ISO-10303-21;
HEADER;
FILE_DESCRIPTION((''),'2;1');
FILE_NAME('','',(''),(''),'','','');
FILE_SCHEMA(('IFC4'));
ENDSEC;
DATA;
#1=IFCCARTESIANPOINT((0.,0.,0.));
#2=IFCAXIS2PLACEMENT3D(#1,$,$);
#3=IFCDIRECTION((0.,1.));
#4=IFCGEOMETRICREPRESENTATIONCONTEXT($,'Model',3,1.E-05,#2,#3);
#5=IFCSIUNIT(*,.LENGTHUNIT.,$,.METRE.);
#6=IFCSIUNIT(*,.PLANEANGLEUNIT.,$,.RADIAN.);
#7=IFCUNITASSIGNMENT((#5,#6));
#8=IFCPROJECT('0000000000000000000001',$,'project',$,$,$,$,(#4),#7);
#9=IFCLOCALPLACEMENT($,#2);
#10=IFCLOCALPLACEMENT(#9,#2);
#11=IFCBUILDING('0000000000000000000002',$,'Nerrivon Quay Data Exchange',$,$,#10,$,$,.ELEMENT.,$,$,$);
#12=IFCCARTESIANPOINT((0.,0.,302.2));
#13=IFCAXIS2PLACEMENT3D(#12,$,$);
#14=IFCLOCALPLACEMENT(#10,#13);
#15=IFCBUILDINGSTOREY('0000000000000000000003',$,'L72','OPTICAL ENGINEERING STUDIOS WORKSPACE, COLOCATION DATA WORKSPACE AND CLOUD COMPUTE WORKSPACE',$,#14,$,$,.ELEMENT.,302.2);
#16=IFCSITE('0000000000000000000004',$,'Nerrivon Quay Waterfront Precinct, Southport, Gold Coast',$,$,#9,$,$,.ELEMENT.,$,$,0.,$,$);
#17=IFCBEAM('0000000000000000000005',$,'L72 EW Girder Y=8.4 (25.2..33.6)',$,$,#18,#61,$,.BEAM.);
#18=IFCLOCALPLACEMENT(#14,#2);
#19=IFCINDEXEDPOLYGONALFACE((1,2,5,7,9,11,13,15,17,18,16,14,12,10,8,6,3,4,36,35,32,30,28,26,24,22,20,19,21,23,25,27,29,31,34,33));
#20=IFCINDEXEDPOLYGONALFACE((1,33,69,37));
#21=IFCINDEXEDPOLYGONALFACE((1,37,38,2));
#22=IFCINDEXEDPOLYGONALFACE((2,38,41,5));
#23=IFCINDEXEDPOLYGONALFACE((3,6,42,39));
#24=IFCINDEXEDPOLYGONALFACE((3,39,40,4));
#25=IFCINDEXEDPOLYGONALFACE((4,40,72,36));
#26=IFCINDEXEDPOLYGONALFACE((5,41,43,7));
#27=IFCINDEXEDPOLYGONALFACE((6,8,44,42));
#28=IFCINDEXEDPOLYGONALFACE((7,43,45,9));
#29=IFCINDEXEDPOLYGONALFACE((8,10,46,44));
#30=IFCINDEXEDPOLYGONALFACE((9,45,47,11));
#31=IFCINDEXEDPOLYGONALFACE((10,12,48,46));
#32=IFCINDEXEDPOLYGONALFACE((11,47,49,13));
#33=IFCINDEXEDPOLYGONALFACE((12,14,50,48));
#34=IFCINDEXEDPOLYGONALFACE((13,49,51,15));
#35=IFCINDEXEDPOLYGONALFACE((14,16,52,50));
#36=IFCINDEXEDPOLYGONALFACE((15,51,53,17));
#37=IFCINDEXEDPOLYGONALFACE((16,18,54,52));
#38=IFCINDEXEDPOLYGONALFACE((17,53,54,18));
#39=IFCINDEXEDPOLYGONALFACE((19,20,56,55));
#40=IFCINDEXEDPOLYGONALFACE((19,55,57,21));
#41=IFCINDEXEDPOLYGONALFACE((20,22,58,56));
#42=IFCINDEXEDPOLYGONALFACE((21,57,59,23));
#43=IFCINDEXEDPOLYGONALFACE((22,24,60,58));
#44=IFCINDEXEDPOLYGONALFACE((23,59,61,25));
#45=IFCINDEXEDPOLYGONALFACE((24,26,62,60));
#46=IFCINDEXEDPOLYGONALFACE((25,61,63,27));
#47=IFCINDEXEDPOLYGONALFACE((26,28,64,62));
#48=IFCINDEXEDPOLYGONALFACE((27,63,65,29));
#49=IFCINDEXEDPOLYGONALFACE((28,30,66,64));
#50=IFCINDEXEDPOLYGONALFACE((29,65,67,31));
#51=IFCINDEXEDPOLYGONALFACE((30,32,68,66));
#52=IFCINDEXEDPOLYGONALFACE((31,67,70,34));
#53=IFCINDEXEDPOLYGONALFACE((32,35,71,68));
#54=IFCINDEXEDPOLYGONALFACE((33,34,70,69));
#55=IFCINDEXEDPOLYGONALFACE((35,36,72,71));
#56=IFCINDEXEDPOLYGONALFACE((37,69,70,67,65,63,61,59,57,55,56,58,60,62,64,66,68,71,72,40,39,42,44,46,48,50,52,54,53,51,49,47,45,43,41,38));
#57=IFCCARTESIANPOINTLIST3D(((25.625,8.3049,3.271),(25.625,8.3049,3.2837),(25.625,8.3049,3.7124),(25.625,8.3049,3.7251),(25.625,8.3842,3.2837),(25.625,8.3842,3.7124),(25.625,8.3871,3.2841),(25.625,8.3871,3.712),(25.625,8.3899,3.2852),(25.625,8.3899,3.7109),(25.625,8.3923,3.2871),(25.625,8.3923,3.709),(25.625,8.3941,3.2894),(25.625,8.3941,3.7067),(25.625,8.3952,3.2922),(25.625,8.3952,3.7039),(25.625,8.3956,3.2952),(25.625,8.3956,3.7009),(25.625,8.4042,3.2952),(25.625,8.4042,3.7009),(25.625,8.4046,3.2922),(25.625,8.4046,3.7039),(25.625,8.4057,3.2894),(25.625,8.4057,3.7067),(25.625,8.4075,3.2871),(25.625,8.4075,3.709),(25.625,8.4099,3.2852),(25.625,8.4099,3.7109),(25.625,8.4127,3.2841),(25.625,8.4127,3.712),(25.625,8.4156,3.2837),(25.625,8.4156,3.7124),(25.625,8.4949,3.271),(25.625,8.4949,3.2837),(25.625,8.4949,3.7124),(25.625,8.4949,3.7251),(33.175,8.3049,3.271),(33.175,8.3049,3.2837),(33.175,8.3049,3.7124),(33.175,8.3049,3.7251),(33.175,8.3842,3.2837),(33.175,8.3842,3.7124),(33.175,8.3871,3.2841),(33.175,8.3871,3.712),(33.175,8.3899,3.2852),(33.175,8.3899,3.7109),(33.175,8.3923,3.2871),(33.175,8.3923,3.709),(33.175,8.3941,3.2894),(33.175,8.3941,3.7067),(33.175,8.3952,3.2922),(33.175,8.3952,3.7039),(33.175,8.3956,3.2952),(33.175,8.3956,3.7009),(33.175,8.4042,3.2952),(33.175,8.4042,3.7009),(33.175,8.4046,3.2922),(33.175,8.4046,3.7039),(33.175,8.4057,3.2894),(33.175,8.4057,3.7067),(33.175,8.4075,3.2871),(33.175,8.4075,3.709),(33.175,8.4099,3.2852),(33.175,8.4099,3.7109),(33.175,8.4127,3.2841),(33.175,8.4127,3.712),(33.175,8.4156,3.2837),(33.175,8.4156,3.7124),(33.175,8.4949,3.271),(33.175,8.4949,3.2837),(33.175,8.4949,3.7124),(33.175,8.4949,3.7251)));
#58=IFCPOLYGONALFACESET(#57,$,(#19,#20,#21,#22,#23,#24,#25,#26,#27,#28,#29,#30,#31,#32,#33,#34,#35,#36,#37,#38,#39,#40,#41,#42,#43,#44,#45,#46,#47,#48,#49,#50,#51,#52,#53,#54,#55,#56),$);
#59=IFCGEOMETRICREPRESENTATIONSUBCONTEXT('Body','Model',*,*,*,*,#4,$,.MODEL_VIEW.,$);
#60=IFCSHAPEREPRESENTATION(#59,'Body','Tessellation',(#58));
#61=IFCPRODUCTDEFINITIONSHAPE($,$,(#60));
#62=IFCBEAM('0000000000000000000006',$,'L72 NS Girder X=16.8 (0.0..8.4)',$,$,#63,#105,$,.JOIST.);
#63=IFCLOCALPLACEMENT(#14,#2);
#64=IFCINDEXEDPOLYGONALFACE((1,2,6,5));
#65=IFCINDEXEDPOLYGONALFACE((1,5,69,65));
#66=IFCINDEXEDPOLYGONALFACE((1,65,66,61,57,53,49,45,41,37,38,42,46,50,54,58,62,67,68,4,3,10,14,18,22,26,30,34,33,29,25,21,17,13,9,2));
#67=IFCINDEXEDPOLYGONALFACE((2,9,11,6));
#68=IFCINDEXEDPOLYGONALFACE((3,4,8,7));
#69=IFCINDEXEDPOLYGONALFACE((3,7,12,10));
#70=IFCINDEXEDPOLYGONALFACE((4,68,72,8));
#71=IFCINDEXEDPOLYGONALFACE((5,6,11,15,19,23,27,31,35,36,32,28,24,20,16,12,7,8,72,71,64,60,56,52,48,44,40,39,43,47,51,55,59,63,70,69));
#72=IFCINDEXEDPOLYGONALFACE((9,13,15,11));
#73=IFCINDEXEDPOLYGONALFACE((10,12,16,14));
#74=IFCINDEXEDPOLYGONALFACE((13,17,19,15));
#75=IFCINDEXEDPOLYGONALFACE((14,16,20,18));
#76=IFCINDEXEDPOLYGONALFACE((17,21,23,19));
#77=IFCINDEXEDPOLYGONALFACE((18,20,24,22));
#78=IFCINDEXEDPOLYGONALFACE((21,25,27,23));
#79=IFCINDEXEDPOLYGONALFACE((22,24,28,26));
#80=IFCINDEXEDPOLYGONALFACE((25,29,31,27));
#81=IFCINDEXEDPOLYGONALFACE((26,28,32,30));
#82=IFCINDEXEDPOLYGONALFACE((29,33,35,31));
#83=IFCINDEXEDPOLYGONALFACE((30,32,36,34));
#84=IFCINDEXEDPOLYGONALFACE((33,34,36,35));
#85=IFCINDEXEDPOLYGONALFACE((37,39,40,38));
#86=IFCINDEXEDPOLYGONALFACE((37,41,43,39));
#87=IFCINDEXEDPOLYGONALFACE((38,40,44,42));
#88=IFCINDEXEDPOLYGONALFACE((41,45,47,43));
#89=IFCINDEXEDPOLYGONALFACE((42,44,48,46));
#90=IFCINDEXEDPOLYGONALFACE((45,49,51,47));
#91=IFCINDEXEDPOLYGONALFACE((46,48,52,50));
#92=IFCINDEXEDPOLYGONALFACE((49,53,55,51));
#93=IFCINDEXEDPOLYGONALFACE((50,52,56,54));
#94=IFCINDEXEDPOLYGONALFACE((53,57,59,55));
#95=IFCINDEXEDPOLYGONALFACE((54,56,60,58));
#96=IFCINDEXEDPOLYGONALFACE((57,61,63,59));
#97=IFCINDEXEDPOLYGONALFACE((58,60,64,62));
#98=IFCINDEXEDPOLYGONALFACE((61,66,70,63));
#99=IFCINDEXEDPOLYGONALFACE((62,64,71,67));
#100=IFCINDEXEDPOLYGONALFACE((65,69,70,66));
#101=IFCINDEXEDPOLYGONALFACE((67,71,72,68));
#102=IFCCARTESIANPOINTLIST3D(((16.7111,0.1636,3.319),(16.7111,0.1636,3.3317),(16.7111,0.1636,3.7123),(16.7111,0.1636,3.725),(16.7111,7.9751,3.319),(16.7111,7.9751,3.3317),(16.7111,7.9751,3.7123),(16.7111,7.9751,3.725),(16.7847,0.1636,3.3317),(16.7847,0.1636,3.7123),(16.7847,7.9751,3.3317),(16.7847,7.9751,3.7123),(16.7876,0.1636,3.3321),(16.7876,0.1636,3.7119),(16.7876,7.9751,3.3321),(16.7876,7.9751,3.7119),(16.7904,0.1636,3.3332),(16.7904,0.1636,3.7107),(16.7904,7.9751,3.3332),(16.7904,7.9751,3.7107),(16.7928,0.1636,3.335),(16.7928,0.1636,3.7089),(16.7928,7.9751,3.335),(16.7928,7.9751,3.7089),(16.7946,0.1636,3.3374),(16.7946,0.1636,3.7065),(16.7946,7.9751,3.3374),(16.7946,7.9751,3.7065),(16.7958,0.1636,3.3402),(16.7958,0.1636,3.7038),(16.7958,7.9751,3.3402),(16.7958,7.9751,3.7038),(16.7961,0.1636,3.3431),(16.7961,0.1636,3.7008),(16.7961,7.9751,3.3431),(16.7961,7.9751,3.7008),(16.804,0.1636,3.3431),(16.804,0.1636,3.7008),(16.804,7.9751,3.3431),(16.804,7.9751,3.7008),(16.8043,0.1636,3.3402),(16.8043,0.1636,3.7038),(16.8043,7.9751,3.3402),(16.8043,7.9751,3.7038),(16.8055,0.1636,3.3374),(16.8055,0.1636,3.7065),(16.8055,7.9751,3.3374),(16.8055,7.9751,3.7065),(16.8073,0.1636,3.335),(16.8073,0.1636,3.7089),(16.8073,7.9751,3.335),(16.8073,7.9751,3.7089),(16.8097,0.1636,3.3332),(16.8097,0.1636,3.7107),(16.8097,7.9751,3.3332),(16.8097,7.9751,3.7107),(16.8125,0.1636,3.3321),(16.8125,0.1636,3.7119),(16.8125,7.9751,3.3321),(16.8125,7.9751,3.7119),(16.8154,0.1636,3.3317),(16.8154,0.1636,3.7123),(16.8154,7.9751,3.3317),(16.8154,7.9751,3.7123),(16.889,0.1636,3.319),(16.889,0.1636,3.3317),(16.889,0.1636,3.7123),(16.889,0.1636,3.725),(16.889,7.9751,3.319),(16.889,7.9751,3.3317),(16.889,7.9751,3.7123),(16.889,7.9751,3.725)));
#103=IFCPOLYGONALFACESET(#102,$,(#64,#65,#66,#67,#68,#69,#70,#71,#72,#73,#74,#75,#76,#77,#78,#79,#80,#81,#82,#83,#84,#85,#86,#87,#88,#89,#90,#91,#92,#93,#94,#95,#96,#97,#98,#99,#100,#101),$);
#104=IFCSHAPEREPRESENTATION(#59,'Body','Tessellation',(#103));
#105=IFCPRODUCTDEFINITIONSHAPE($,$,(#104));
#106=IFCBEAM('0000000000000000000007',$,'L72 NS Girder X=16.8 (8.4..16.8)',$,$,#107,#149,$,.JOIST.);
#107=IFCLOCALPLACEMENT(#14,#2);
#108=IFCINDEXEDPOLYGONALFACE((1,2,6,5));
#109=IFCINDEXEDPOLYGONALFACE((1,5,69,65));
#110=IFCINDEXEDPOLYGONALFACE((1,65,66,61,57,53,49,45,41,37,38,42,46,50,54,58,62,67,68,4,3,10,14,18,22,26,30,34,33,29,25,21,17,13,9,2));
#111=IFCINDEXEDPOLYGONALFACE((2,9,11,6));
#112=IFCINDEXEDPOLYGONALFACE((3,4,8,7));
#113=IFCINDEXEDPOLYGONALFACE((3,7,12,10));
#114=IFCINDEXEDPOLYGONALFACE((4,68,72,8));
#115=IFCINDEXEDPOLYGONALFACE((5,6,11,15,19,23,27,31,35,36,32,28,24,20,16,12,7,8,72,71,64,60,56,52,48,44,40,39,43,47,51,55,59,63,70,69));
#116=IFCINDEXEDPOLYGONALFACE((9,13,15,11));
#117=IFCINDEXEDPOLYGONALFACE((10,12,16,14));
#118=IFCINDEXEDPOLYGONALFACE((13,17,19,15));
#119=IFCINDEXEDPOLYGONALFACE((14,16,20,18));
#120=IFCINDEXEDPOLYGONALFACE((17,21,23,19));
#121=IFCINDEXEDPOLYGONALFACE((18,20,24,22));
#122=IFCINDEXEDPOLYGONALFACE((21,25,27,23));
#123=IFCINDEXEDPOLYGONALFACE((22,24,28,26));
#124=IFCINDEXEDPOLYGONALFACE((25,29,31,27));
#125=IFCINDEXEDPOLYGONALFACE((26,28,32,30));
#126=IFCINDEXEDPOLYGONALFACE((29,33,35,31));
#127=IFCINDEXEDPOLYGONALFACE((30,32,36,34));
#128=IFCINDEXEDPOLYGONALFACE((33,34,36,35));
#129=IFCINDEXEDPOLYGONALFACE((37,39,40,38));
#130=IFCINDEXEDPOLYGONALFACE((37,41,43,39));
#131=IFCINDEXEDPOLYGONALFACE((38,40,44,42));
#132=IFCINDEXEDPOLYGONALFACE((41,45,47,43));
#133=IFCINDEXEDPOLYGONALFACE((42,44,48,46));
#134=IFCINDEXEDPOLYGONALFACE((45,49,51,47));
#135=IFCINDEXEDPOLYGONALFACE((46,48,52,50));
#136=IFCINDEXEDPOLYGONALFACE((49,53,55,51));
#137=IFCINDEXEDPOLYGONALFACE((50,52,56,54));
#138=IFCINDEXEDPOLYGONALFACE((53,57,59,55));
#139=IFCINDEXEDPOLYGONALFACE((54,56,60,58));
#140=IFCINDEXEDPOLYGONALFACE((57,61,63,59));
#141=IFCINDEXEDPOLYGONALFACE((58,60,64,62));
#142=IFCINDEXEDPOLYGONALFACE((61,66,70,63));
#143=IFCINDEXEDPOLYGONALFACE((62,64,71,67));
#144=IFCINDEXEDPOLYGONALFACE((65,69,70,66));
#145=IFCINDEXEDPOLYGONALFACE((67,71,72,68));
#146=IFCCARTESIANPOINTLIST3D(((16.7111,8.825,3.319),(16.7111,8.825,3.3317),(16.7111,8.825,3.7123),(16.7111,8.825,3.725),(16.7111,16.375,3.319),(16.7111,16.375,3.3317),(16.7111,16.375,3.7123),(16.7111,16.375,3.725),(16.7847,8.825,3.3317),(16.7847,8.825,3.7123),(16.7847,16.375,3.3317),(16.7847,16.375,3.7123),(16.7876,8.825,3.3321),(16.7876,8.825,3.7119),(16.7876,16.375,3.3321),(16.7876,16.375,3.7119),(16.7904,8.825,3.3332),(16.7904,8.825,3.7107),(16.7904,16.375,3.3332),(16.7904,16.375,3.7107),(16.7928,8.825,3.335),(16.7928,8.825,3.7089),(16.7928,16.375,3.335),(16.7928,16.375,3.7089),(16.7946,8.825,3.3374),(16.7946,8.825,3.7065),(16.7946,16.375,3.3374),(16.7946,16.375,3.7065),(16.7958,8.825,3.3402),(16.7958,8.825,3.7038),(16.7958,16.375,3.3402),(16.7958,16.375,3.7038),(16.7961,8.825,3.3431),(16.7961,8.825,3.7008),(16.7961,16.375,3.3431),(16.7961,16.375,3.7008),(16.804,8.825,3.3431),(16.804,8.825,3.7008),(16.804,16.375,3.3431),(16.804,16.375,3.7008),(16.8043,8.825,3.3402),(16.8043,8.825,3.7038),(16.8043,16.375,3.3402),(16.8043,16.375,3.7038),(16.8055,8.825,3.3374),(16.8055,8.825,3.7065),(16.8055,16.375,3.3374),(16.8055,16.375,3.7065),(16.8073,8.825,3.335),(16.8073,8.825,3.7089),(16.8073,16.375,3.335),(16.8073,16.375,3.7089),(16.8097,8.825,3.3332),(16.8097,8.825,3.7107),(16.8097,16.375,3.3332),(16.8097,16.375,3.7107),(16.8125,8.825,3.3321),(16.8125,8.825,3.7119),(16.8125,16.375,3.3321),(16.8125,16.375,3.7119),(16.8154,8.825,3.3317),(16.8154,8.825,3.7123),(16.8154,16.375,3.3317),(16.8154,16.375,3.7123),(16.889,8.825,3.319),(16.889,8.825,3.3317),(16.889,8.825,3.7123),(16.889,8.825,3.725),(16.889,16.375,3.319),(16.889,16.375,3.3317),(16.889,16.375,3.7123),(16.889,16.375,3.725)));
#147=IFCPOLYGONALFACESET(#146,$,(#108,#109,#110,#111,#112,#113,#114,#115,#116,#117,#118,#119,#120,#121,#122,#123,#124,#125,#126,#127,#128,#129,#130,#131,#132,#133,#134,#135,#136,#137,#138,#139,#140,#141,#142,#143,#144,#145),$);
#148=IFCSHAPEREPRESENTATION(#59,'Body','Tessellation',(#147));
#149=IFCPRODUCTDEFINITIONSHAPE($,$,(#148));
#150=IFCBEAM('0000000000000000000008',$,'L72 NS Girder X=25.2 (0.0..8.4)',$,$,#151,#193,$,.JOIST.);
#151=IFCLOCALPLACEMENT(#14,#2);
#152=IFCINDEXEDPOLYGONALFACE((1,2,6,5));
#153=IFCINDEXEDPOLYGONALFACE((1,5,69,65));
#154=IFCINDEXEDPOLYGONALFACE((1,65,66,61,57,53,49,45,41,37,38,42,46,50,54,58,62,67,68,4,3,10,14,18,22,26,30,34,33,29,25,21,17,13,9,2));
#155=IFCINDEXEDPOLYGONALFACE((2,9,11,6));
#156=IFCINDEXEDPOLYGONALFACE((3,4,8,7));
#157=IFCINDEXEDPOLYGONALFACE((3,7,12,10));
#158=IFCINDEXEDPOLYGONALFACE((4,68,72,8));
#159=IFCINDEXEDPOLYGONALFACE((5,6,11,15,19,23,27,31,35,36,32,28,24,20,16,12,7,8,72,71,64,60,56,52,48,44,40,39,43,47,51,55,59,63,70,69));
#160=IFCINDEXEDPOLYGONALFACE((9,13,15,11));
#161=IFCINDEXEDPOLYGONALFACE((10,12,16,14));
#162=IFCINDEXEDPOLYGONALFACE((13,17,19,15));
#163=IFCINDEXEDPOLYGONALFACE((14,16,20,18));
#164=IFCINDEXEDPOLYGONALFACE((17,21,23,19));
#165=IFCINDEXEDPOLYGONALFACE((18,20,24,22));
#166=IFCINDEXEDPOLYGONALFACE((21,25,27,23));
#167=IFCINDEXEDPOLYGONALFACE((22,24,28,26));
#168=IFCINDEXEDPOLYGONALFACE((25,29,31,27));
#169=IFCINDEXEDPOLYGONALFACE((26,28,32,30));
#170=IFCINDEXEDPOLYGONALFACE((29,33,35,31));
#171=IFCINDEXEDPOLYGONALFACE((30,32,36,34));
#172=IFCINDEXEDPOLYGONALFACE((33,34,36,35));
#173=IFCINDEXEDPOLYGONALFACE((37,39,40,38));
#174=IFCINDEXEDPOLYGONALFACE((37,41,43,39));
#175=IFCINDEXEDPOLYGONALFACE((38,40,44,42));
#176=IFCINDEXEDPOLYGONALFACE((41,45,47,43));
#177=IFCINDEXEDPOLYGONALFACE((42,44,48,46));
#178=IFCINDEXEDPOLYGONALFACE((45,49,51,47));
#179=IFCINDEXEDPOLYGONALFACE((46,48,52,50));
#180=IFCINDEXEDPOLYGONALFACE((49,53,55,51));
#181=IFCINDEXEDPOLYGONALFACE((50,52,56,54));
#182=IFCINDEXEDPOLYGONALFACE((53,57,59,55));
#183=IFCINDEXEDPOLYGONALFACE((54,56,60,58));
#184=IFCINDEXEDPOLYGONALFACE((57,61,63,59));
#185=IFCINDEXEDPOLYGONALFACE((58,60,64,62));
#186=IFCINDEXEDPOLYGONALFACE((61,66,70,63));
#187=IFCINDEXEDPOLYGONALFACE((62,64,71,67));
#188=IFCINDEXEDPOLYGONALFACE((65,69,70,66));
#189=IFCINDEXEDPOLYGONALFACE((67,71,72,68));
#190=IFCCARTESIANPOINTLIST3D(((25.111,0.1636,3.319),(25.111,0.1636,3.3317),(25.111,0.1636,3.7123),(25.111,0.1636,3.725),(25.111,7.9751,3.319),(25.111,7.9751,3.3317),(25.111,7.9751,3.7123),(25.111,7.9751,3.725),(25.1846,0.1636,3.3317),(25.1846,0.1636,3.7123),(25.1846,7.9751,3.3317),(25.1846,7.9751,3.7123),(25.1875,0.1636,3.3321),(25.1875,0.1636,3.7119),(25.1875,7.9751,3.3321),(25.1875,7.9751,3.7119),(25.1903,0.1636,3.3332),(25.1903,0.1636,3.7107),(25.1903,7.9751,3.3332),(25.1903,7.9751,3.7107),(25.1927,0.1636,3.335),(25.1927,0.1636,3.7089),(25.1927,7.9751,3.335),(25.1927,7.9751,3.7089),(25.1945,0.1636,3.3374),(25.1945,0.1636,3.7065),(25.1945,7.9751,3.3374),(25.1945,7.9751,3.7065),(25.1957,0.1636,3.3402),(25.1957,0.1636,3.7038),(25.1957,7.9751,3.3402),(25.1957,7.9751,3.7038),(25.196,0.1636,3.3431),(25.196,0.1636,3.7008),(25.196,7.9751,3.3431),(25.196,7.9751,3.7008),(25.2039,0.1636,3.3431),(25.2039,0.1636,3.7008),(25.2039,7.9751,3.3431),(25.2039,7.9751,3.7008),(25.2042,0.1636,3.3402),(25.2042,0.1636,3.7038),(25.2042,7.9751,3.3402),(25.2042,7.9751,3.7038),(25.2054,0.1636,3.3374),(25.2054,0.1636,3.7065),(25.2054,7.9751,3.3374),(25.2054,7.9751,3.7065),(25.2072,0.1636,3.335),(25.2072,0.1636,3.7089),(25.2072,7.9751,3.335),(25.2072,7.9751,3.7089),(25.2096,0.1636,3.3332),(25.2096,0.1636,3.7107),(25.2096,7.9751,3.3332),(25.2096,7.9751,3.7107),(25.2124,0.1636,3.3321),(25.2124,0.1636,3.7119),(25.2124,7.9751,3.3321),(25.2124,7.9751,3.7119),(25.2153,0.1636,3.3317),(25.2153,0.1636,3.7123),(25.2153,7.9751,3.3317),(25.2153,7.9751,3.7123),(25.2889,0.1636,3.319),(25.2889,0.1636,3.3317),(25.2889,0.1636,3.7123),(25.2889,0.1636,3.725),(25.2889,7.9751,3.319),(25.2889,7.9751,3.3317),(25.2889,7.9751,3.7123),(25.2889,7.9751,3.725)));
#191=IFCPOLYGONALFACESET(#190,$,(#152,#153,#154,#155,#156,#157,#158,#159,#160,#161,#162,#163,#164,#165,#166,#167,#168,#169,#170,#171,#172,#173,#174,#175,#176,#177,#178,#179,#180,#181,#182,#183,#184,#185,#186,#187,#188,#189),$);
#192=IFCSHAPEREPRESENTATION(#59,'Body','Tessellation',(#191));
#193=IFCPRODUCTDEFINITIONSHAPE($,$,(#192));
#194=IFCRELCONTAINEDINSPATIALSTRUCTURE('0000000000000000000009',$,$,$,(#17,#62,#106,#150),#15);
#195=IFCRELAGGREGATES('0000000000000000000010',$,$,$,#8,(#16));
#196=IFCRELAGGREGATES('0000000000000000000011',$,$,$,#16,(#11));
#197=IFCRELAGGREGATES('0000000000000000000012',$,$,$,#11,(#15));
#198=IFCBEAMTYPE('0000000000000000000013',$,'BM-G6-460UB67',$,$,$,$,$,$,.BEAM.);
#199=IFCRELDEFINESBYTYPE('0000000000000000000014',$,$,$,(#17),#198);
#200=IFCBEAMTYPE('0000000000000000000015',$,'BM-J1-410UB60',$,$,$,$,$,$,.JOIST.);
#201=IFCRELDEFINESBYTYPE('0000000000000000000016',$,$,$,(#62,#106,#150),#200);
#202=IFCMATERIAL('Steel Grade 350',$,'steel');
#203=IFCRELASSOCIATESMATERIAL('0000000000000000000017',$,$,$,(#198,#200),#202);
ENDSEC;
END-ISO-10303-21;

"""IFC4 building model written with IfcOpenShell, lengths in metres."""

from ifc_helpers import new_model, si_unit, direction, frame, origin, origin_2d, place, context, subcontext, project, spatial, i_section, extrude, material, material_profile, profile_set, type_object, element, save


model = new_model("IFC4")

# Units and contexts
model_context = context("Model", 3, precision=1e-05, world=origin(), true_north=direction((0.0, 1.0)))
body_context = subcontext(model_context, "Body", "Model", "MODEL_VIEW")
ifc_project = project(units=[si_unit("LENGTHUNIT", "METRE"), si_unit("PLANEANGLEUNIT", "RADIAN")], contexts=[model_context])

# Site, building, storey
site_placement = place(None, origin())
site = spatial("IfcSite", under=ifc_project, at=site_placement, Name="Nerrivon Quay Waterfront Precinct, Southport, Gold Coast", CompositionType="ELEMENT", RefElevation=0.0)
building_placement = place(site_placement, origin())
building = spatial("IfcBuilding", under=site, at=building_placement, Name="Nerrivon Quay Data Exchange", CompositionType="ELEMENT")
storey_placement = place(building_placement, frame((0.0, 0.0, 302.2)))
storey = spatial("IfcBuildingStorey", under=building, at=storey_placement, Name="L72", Description="OPTICAL ENGINEERING STUDIOS WORKSPACE, COLOCATION DATA WORKSPACE AND CLOUD COMPUTE WORKSPACE", CompositionType="ELEMENT", Elevation=302.2)

# Shared definitions
ifc_material_1 = material(Name="Steel Grade 350", Category="steel")

# Beams
ifc_material_profile_1 = material_profile(ifc_material_1, i_section(OverallWidth=0.1899, OverallDepth=0.4541, WebThickness=0.0085, FlangeThickness=0.0127, FilletRadius=0.0115, at=origin_2d()), Name="460UB67.1")
ifc_profile_set_1 = profile_set([ifc_material_profile_1], Name="Steel Grade 350")
beam_type_1 = type_object("IfcBeamType", Name="BM-G6-460UB67", PredefinedType="BEAM", material=ifc_profile_set_1)
beam_1_placement = place(storey_placement, frame((25.625, 8.3999, 3.498), z_axis=(1.0, 0.0, 0.0), x_axis=(0.0, 1.0, 0.0)))
element("IfcBeam", 1, at=beam_1_placement, inside=storey, type_object=beam_type_1, Name="L72 EW Girder Y=8.4 (25.2..33.6)", PredefinedType="BEAM", context=body_context, shape_type="SweptSolid", body=[
    extrude(i_section(OverallWidth=0.1899, OverallDepth=0.4541, WebThickness=0.0085, FlangeThickness=0.0127, FilletRadius=0.0115, at=origin_2d()), origin(), (0.0, 0.0, 1.0), 7.55),
])
ifc_material_profile_2 = material_profile(ifc_material_1, i_section(OverallWidth=0.178, OverallDepth=0.406, WebThickness=0.0078, FlangeThickness=0.0127, FilletRadius=0.0115, at=origin_2d()), Name="410UB59.7")
ifc_profile_set_2 = profile_set([ifc_material_profile_2], Name="Steel Grade 350")
beam_type_2 = type_object("IfcBeamType", Name="BM-J1-410UB60", PredefinedType="JOIST", material=ifc_profile_set_2)
beam_2_placement = place(storey_placement, frame((16.8, 0.1636, 3.522), z_axis=(0.0, 1.0, 0.0), x_axis=(-1.0, 0.0, 0.0)))
element("IfcBeam", 2, at=beam_2_placement, inside=storey, type_object=beam_type_2, Name="L72 NS Girder X=16.8 (0.0..8.4)", PredefinedType="JOIST", context=body_context, shape_type="SweptSolid", body=[
    extrude(i_section(OverallWidth=0.178, OverallDepth=0.406, WebThickness=0.0078, FlangeThickness=0.0127, FilletRadius=0.0115, at=origin_2d()), origin(), (0.0, 0.0, 1.0), 7.8115),
])
beam_3_placement = place(storey_placement, frame((16.8, 8.825, 3.522), z_axis=(0.0, 1.0, 0.0), x_axis=(-1.0, 0.0, 0.0)))
element("IfcBeam", 3, at=beam_3_placement, inside=storey, type_object=beam_type_2, Name="L72 NS Girder X=16.8 (8.4..16.8)", PredefinedType="JOIST", context=body_context, shape_type="SweptSolid", body=[
    extrude(i_section(OverallWidth=0.178, OverallDepth=0.406, WebThickness=0.0078, FlangeThickness=0.0127, FilletRadius=0.0115, at=origin_2d()), origin(), (0.0, 0.0, 1.0), 7.55),
])
beam_4_placement = place(storey_placement, frame((25.2, 0.1636, 3.522), z_axis=(0.0, 1.0, 0.0), x_axis=(-1.0, 0.0, 0.0)))
element("IfcBeam", 4, at=beam_4_placement, inside=storey, type_object=beam_type_2, Name="L72 NS Girder X=25.2 (0.0..8.4)", PredefinedType="JOIST", context=body_context, shape_type="SweptSolid", body=[
    extrude(i_section(OverallWidth=0.178, OverallDepth=0.406, WebThickness=0.0078, FlangeThickness=0.0127, FilletRadius=0.0115, at=origin_2d()), origin(), (0.0, 0.0, 1.0), 7.8115),
])

save(model, "model.ifc")
